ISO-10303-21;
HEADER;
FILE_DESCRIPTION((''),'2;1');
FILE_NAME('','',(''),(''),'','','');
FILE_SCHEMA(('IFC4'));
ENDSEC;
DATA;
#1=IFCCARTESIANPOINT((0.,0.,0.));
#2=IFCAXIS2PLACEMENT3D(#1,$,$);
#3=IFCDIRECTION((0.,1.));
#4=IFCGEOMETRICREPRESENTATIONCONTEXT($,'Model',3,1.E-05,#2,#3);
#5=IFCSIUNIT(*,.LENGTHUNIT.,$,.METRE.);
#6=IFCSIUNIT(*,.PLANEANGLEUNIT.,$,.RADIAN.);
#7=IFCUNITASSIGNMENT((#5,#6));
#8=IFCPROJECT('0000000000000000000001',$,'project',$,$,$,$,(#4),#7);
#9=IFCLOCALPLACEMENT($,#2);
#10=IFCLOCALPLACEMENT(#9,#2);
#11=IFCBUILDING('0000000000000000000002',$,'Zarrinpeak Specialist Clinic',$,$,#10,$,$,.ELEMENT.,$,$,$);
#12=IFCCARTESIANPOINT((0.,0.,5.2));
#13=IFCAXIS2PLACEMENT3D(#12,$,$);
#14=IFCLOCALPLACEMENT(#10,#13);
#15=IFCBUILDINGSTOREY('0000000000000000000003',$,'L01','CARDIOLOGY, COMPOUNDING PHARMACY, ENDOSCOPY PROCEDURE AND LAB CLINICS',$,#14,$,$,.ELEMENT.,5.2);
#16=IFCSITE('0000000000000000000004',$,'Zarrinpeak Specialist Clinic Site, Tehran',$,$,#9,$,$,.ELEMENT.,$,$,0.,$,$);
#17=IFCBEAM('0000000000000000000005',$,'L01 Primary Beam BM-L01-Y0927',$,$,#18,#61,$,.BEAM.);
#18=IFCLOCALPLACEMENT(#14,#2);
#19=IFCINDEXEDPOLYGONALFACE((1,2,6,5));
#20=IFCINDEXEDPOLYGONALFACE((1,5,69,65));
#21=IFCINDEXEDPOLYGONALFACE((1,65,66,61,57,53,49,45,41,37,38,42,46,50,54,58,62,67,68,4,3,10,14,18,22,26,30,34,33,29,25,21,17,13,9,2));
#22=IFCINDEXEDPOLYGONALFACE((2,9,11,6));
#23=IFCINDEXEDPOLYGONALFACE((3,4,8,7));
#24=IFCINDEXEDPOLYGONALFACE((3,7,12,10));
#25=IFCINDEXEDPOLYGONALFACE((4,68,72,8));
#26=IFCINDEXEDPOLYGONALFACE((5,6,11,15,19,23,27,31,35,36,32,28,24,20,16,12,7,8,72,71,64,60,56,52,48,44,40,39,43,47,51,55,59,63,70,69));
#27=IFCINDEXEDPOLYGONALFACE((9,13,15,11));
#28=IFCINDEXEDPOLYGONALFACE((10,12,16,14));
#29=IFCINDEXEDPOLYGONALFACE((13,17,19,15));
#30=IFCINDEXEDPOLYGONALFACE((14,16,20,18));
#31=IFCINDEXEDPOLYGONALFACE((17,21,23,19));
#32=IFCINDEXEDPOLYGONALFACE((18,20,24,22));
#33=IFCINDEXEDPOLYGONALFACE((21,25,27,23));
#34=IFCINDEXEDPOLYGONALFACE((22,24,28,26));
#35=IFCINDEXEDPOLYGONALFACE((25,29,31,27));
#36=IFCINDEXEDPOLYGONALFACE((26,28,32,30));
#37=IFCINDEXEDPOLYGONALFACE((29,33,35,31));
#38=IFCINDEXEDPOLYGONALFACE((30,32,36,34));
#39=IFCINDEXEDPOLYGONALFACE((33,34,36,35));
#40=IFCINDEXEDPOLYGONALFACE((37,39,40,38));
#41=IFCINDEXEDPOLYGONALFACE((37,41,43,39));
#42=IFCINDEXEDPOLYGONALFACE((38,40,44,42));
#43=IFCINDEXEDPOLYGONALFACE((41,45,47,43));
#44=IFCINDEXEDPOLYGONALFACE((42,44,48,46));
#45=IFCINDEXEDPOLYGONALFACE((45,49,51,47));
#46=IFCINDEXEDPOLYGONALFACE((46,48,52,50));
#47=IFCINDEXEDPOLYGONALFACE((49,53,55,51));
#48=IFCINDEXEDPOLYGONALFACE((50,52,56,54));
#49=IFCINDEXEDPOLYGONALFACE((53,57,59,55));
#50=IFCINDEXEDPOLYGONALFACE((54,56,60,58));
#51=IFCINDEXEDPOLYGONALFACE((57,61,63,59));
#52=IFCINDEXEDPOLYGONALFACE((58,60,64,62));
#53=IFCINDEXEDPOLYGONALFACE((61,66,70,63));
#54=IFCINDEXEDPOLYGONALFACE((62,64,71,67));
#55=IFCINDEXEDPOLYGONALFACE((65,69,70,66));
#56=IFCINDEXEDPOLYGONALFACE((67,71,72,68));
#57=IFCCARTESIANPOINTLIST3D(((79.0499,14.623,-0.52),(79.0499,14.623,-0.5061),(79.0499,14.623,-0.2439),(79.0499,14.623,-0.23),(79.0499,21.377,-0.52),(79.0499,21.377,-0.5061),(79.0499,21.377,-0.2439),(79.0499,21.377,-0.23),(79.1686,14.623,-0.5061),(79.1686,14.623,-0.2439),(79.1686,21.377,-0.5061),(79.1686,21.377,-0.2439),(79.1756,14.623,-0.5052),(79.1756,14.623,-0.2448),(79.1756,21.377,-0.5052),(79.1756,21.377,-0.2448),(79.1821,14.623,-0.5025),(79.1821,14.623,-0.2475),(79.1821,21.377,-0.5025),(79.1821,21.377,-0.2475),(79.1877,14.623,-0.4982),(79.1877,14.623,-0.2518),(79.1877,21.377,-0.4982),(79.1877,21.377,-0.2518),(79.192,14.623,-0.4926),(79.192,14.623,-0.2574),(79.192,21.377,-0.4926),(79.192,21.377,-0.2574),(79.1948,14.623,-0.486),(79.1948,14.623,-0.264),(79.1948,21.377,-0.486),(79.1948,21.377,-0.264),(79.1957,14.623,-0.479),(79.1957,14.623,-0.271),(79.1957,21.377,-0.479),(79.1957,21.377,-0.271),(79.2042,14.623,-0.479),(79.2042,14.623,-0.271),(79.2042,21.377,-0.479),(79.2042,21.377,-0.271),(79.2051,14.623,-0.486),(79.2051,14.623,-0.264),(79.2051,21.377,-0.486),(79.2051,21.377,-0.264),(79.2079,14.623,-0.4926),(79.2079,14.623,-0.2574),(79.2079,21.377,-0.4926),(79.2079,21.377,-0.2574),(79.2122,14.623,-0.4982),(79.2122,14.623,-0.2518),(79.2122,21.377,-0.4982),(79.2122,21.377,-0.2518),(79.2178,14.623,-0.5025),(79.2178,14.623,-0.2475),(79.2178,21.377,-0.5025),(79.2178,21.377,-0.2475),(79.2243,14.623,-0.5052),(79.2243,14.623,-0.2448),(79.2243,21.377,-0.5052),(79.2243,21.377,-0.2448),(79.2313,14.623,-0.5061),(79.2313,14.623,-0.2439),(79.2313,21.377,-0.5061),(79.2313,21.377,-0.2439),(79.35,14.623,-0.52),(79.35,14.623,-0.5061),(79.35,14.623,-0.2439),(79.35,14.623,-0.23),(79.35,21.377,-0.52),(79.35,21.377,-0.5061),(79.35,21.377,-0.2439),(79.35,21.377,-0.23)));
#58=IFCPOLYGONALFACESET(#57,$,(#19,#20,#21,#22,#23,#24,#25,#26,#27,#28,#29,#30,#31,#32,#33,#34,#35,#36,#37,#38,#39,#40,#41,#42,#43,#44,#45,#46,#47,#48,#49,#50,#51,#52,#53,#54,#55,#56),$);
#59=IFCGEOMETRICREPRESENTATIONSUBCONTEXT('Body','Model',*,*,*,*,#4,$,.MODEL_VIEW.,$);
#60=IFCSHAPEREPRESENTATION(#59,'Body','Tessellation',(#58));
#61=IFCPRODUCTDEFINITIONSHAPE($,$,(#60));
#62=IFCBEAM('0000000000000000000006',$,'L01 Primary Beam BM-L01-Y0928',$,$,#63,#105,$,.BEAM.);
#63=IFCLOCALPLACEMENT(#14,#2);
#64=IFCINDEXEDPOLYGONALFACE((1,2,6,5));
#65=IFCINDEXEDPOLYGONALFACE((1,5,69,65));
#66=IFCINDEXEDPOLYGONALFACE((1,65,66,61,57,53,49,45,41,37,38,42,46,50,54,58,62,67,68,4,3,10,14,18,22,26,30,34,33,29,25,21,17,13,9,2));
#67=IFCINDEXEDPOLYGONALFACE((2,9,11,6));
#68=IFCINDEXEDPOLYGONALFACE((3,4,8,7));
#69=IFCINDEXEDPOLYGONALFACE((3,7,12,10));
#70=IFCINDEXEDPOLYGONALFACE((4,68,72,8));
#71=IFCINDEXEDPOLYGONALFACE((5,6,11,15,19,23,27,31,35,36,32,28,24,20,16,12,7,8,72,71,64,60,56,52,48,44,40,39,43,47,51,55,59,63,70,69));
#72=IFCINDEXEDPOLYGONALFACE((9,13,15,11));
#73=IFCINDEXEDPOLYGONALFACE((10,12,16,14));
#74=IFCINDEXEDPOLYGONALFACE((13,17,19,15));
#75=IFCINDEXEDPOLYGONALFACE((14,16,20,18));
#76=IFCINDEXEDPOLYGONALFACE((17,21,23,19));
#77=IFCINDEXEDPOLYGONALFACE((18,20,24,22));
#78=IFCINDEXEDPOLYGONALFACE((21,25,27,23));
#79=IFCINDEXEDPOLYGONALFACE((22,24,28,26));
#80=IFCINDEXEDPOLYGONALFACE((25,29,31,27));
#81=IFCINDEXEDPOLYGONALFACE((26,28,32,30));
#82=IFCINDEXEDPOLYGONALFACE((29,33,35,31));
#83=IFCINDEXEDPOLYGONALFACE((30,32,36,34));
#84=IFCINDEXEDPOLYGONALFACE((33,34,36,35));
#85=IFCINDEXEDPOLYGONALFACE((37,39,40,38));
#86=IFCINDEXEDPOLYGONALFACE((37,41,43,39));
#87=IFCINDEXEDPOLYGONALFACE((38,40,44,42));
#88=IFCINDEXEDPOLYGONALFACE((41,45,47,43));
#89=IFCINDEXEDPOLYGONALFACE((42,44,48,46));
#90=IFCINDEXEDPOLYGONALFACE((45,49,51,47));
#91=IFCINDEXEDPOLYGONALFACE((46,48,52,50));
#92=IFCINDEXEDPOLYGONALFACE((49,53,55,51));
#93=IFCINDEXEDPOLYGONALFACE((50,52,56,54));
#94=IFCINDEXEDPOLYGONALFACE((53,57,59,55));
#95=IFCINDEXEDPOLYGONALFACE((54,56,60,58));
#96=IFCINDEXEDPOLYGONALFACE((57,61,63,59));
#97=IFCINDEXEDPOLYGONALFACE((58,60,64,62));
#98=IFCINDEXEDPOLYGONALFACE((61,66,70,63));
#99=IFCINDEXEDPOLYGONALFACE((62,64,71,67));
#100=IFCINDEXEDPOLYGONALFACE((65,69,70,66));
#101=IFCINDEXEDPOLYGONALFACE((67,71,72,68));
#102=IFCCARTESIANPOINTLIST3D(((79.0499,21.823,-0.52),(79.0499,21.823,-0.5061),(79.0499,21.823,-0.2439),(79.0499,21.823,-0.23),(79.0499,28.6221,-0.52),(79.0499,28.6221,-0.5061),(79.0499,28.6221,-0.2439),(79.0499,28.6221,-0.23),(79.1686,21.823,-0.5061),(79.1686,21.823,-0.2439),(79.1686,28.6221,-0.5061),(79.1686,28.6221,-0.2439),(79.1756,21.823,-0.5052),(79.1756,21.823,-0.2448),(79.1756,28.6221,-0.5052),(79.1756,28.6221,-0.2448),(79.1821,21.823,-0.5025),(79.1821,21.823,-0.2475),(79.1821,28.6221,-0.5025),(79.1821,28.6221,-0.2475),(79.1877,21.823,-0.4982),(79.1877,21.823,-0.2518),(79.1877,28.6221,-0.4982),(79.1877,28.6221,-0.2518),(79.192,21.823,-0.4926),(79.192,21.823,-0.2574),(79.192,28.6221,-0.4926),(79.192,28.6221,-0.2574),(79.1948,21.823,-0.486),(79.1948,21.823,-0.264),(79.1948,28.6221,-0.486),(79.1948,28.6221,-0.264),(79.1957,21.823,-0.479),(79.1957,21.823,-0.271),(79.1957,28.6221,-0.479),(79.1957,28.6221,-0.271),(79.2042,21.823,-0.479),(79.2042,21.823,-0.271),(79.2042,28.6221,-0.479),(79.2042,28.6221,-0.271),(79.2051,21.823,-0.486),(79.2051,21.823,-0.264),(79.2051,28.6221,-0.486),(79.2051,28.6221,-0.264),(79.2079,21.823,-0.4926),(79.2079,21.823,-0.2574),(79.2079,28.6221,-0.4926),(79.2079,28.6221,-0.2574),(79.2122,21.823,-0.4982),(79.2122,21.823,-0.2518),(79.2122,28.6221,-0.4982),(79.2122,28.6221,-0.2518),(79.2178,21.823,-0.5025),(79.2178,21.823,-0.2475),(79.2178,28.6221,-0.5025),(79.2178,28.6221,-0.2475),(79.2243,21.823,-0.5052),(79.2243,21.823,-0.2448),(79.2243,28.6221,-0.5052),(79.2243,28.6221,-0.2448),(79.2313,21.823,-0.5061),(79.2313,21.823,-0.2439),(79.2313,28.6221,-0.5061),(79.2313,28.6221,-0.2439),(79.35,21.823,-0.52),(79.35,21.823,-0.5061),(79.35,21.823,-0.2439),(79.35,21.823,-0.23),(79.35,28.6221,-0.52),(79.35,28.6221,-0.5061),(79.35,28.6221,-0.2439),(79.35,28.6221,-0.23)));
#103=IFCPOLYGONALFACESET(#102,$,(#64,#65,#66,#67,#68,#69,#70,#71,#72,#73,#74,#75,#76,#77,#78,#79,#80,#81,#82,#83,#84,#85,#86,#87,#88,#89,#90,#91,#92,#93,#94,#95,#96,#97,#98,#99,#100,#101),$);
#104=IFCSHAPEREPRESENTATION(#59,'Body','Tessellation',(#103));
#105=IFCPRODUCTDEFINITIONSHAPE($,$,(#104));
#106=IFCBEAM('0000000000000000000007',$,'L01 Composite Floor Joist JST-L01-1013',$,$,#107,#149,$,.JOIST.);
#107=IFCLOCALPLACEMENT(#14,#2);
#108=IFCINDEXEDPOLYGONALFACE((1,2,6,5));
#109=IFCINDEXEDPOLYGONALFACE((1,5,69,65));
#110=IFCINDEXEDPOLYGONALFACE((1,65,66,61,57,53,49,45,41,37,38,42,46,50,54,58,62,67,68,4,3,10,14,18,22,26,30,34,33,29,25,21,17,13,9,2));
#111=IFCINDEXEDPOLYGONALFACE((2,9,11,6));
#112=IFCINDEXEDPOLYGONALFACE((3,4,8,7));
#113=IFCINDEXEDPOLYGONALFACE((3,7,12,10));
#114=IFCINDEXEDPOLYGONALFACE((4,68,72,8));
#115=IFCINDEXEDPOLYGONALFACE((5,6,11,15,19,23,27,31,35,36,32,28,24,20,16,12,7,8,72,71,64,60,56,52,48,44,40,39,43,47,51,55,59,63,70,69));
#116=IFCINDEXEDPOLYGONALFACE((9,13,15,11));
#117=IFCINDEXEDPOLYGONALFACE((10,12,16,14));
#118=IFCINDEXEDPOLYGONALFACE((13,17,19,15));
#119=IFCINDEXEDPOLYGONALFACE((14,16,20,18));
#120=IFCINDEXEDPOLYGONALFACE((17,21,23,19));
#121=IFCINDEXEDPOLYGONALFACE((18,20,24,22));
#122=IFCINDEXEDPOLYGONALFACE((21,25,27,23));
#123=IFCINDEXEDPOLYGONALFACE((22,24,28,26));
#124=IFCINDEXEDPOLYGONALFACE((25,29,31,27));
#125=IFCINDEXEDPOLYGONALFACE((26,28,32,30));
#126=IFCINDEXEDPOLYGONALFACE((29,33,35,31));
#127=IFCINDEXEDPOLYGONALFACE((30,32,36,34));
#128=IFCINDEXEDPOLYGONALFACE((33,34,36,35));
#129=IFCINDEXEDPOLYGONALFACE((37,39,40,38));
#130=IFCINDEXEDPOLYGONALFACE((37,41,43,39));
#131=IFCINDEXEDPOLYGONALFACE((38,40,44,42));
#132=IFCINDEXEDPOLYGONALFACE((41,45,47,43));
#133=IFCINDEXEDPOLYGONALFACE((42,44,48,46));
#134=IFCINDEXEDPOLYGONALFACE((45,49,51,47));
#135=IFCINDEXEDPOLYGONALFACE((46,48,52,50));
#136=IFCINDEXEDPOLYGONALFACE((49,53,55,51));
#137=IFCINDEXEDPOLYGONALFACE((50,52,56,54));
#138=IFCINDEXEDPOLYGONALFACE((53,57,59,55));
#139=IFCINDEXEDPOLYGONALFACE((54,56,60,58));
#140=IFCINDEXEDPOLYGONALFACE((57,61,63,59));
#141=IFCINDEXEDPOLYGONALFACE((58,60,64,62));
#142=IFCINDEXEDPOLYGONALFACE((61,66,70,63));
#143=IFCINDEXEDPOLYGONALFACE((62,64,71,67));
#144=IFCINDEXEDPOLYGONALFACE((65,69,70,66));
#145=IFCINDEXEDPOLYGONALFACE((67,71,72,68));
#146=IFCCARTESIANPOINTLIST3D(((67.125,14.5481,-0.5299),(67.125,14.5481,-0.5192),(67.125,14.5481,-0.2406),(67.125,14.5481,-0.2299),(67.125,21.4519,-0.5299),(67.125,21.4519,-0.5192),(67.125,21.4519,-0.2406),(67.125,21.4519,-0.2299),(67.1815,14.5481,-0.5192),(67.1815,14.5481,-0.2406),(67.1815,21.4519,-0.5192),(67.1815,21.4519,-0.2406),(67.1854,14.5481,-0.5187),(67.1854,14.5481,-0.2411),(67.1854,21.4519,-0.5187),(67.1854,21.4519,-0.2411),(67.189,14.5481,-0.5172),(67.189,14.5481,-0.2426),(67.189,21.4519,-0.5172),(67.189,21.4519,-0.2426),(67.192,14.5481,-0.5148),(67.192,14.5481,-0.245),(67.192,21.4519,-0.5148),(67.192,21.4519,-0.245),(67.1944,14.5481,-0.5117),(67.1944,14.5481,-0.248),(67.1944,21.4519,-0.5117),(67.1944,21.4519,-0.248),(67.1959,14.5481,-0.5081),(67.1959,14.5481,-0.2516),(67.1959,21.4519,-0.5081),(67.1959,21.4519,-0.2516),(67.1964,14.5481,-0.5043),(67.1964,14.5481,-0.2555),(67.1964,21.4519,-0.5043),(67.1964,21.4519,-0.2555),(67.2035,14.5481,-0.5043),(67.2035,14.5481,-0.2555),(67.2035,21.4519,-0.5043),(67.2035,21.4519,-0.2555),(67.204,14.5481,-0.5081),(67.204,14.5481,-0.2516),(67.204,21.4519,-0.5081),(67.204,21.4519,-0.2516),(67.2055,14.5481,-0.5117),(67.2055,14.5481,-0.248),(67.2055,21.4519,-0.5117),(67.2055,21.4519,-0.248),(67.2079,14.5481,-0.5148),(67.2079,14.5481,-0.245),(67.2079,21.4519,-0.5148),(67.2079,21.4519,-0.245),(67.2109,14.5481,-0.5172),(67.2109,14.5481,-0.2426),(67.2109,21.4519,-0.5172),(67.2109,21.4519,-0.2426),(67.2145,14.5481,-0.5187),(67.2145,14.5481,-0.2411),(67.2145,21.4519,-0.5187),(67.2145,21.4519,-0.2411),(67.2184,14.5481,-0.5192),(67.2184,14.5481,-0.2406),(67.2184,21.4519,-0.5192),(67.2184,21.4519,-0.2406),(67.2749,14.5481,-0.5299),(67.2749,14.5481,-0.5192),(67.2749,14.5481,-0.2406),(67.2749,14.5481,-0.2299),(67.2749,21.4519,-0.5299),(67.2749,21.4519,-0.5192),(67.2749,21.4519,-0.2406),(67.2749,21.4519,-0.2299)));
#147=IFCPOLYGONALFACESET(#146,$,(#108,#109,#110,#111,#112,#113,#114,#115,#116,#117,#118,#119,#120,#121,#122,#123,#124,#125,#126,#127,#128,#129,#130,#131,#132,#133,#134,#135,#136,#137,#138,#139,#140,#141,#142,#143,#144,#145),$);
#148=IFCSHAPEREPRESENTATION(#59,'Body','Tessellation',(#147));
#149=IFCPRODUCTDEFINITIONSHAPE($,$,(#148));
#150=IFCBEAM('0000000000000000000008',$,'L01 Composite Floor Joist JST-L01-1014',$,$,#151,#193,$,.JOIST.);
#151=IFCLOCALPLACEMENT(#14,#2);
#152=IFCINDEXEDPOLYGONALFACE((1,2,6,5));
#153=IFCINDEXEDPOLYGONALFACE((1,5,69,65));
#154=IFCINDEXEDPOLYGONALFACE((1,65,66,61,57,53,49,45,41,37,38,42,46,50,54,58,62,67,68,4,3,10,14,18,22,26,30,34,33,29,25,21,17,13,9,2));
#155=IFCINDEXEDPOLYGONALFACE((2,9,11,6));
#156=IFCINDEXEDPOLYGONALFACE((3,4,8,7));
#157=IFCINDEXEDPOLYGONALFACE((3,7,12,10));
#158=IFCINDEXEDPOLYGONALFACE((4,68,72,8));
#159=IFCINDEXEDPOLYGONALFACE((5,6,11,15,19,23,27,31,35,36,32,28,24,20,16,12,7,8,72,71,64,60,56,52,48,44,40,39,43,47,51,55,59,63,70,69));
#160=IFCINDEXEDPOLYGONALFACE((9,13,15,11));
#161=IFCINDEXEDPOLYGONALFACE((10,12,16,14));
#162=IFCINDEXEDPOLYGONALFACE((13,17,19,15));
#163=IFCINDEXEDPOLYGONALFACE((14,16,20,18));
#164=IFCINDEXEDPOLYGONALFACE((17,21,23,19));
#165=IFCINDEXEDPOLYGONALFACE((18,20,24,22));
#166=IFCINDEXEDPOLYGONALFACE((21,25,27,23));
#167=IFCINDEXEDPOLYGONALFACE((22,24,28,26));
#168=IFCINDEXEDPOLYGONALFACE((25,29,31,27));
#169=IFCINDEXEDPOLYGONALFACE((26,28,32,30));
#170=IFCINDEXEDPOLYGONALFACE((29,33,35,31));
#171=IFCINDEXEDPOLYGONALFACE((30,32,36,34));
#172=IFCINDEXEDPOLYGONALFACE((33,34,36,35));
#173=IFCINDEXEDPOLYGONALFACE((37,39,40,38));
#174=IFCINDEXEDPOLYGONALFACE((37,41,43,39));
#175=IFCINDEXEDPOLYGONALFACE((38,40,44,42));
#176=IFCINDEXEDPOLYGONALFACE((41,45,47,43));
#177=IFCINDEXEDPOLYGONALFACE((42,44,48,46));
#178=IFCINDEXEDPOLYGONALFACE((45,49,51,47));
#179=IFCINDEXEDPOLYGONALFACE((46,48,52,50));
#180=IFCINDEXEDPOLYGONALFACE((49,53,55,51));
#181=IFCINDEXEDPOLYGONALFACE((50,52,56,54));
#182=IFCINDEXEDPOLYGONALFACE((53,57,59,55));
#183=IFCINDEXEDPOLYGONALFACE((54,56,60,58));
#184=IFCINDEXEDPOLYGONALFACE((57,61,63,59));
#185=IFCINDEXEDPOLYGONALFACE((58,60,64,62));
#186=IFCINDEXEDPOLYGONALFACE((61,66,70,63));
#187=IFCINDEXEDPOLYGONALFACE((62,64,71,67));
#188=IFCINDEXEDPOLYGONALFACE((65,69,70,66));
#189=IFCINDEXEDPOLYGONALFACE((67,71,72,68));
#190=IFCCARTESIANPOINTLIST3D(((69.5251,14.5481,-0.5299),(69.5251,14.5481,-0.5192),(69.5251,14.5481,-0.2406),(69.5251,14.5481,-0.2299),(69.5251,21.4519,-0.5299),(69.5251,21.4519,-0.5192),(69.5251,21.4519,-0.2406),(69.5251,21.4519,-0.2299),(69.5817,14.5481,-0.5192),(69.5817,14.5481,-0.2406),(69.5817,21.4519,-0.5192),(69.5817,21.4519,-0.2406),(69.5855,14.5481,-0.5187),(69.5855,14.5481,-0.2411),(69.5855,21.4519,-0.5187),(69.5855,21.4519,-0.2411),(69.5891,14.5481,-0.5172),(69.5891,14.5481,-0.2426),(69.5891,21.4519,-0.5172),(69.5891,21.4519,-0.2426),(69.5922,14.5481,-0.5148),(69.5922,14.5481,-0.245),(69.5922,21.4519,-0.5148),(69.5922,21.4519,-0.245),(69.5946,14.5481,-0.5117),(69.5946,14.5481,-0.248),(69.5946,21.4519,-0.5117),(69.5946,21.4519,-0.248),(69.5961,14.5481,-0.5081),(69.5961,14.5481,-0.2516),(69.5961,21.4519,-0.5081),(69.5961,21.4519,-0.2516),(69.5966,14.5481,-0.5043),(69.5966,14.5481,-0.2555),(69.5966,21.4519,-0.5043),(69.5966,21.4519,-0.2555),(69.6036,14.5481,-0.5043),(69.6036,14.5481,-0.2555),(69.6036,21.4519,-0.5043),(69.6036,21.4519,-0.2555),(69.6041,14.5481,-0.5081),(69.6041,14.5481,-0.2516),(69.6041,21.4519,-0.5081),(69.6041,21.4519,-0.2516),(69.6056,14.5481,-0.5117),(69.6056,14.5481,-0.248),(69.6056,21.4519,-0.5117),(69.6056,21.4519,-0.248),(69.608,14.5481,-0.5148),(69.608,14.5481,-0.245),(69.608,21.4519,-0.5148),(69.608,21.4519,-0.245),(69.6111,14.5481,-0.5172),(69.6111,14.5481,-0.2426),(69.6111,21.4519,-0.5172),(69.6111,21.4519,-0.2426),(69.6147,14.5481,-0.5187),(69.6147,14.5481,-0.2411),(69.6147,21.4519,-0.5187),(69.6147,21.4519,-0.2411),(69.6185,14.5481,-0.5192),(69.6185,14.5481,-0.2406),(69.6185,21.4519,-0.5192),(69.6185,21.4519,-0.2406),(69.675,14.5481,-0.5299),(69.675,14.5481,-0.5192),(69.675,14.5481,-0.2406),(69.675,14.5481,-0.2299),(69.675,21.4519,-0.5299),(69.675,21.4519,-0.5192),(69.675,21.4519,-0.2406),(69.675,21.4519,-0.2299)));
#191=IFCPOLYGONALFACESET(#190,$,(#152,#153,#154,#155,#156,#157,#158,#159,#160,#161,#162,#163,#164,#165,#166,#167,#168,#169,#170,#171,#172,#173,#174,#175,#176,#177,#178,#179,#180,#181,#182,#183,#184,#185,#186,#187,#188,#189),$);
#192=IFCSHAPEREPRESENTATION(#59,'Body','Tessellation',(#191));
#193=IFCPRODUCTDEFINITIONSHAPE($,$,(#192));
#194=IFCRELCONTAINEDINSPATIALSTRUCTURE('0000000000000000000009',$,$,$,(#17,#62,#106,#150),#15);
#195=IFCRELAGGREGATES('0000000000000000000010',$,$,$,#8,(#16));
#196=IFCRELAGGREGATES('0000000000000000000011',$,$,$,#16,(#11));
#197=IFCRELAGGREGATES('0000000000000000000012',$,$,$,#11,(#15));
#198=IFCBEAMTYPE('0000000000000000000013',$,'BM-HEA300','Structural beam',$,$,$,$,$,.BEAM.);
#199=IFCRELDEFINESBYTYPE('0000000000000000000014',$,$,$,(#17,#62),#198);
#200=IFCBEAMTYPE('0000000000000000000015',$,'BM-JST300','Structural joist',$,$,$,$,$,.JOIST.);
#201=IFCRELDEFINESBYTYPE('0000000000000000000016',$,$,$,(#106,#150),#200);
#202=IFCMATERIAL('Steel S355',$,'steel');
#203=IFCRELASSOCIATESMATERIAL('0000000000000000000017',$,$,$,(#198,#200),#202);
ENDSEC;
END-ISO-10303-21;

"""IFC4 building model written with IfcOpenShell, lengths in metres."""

from ifc_helpers import new_model, si_unit, direction, frame, origin, origin_2d, place, context, subcontext, project, spatial, i_section, extrude, material, material_profile, profile_set, type_object, element, save


model = new_model("IFC4")

# Units and contexts
model_context = context("Model", 3, precision=1e-05, world=origin(), true_north=direction((0.0, 1.0)))
body_context = subcontext(model_context, "Body", "Model", "MODEL_VIEW")
ifc_project = project(units=[si_unit("LENGTHUNIT", "METRE"), si_unit("PLANEANGLEUNIT", "RADIAN")], contexts=[model_context])

# Site, building, storey
site_placement = place(None, origin())
site = spatial("IfcSite", under=ifc_project, at=site_placement, Name="Zarrinpeak Specialist Clinic Site, Tehran", CompositionType="ELEMENT", RefElevation=0.0)
building_placement = place(site_placement, origin())
building = spatial("IfcBuilding", under=site, at=building_placement, Name="Zarrinpeak Specialist Clinic", CompositionType="ELEMENT")
storey_placement = place(building_placement, frame((0.0, 0.0, 5.2)))
storey = spatial("IfcBuildingStorey", under=building, at=storey_placement, Name="L01", Description="CARDIOLOGY, COMPOUNDING PHARMACY, ENDOSCOPY PROCEDURE AND LAB CLINICS", CompositionType="ELEMENT", Elevation=5.2)

# Shared definitions
ifc_material_1 = material(Name="Steel S355", Category="steel")

# Beams
ifc_material_profile_1 = material_profile(ifc_material_1, i_section(OverallWidth=0.3, OverallDepth=0.29, WebThickness=0.0085, FlangeThickness=0.0139, FilletRadius=0.0271, at=origin_2d()), Name="HEA 300")
ifc_profile_set_1 = profile_set([ifc_material_profile_1], Name="Steel S355")
beam_type_1 = type_object("IfcBeamType", Name="BM-HEA300", Description="Structural beam", PredefinedType="BEAM", material=ifc_profile_set_1)
beam_1_placement = place(storey_placement, frame((79.2, 14.623, -0.375), z_axis=(0.0, 1.0, 0.0), x_axis=(-1.0, 0.0, 0.0)))
element("IfcBeam", 1, at=beam_1_placement, inside=storey, type_object=beam_type_1, Name="L01 Primary Beam BM-L01-Y0927", PredefinedType="BEAM", context=body_context, shape_type="SweptSolid", body=[
    extrude(i_section(OverallWidth=0.3, OverallDepth=0.29, WebThickness=0.0085, FlangeThickness=0.0139, FilletRadius=0.0271, at=origin_2d()), origin(), (0.0, 0.0, 1.0), 6.7539),
])
beam_2_placement = place(storey_placement, frame((79.2, 21.823, -0.375), z_axis=(0.0, 1.0, 0.0), x_axis=(-1.0, 0.0, 0.0)))
element("IfcBeam", 2, at=beam_2_placement, inside=storey, type_object=beam_type_1, Name="L01 Primary Beam BM-L01-Y0928", PredefinedType="BEAM", context=body_context, shape_type="SweptSolid", body=[
    extrude(i_section(OverallWidth=0.3, OverallDepth=0.29, WebThickness=0.0085, FlangeThickness=0.0139, FilletRadius=0.0271, at=origin_2d()), origin(), (0.0, 0.0, 1.0), 6.7991),
])
ifc_material_profile_2 = material_profile(ifc_material_1, i_section(OverallWidth=0.1499, OverallDepth=0.3, WebThickness=0.0071, FlangeThickness=0.0107, FilletRadius=0.0149, at=origin_2d()), Name="IPE 300")
ifc_profile_set_2 = profile_set([ifc_material_profile_2], Name="Steel S355")
beam_type_2 = type_object("IfcBeamType", Name="BM-JST300", Description="Structural joist", PredefinedType="JOIST", material=ifc_profile_set_2)
for number, where, z_axis, x_axis, name in (
    (3, (67.2, 14.5481, -0.3799), (0.0, 1.0, 0.0), (-1.0, 0.0, 0.0), "L01 Composite Floor Joist JST-L01-1013"),
    (4, (69.6001, 14.5481, -0.3799), (0.0, 1.0, 0.0), (-1.0, 0.0, 0.0), "L01 Composite Floor Joist JST-L01-1014"),
):
    element("IfcBeam", number, at=place(storey_placement, frame(where, z_axis=z_axis, x_axis=x_axis)), inside=storey, type_object=beam_type_2, Name=name, PredefinedType="JOIST", context=body_context, shape_type="SweptSolid", body=[
        extrude(i_section(OverallWidth=0.1499, OverallDepth=0.3, WebThickness=0.0071, FlangeThickness=0.0107, FilletRadius=0.0149, at=origin_2d()), origin(), (0.0, 0.0, 1.0), 6.9038),
    ])

save(model, "model.ifc")
